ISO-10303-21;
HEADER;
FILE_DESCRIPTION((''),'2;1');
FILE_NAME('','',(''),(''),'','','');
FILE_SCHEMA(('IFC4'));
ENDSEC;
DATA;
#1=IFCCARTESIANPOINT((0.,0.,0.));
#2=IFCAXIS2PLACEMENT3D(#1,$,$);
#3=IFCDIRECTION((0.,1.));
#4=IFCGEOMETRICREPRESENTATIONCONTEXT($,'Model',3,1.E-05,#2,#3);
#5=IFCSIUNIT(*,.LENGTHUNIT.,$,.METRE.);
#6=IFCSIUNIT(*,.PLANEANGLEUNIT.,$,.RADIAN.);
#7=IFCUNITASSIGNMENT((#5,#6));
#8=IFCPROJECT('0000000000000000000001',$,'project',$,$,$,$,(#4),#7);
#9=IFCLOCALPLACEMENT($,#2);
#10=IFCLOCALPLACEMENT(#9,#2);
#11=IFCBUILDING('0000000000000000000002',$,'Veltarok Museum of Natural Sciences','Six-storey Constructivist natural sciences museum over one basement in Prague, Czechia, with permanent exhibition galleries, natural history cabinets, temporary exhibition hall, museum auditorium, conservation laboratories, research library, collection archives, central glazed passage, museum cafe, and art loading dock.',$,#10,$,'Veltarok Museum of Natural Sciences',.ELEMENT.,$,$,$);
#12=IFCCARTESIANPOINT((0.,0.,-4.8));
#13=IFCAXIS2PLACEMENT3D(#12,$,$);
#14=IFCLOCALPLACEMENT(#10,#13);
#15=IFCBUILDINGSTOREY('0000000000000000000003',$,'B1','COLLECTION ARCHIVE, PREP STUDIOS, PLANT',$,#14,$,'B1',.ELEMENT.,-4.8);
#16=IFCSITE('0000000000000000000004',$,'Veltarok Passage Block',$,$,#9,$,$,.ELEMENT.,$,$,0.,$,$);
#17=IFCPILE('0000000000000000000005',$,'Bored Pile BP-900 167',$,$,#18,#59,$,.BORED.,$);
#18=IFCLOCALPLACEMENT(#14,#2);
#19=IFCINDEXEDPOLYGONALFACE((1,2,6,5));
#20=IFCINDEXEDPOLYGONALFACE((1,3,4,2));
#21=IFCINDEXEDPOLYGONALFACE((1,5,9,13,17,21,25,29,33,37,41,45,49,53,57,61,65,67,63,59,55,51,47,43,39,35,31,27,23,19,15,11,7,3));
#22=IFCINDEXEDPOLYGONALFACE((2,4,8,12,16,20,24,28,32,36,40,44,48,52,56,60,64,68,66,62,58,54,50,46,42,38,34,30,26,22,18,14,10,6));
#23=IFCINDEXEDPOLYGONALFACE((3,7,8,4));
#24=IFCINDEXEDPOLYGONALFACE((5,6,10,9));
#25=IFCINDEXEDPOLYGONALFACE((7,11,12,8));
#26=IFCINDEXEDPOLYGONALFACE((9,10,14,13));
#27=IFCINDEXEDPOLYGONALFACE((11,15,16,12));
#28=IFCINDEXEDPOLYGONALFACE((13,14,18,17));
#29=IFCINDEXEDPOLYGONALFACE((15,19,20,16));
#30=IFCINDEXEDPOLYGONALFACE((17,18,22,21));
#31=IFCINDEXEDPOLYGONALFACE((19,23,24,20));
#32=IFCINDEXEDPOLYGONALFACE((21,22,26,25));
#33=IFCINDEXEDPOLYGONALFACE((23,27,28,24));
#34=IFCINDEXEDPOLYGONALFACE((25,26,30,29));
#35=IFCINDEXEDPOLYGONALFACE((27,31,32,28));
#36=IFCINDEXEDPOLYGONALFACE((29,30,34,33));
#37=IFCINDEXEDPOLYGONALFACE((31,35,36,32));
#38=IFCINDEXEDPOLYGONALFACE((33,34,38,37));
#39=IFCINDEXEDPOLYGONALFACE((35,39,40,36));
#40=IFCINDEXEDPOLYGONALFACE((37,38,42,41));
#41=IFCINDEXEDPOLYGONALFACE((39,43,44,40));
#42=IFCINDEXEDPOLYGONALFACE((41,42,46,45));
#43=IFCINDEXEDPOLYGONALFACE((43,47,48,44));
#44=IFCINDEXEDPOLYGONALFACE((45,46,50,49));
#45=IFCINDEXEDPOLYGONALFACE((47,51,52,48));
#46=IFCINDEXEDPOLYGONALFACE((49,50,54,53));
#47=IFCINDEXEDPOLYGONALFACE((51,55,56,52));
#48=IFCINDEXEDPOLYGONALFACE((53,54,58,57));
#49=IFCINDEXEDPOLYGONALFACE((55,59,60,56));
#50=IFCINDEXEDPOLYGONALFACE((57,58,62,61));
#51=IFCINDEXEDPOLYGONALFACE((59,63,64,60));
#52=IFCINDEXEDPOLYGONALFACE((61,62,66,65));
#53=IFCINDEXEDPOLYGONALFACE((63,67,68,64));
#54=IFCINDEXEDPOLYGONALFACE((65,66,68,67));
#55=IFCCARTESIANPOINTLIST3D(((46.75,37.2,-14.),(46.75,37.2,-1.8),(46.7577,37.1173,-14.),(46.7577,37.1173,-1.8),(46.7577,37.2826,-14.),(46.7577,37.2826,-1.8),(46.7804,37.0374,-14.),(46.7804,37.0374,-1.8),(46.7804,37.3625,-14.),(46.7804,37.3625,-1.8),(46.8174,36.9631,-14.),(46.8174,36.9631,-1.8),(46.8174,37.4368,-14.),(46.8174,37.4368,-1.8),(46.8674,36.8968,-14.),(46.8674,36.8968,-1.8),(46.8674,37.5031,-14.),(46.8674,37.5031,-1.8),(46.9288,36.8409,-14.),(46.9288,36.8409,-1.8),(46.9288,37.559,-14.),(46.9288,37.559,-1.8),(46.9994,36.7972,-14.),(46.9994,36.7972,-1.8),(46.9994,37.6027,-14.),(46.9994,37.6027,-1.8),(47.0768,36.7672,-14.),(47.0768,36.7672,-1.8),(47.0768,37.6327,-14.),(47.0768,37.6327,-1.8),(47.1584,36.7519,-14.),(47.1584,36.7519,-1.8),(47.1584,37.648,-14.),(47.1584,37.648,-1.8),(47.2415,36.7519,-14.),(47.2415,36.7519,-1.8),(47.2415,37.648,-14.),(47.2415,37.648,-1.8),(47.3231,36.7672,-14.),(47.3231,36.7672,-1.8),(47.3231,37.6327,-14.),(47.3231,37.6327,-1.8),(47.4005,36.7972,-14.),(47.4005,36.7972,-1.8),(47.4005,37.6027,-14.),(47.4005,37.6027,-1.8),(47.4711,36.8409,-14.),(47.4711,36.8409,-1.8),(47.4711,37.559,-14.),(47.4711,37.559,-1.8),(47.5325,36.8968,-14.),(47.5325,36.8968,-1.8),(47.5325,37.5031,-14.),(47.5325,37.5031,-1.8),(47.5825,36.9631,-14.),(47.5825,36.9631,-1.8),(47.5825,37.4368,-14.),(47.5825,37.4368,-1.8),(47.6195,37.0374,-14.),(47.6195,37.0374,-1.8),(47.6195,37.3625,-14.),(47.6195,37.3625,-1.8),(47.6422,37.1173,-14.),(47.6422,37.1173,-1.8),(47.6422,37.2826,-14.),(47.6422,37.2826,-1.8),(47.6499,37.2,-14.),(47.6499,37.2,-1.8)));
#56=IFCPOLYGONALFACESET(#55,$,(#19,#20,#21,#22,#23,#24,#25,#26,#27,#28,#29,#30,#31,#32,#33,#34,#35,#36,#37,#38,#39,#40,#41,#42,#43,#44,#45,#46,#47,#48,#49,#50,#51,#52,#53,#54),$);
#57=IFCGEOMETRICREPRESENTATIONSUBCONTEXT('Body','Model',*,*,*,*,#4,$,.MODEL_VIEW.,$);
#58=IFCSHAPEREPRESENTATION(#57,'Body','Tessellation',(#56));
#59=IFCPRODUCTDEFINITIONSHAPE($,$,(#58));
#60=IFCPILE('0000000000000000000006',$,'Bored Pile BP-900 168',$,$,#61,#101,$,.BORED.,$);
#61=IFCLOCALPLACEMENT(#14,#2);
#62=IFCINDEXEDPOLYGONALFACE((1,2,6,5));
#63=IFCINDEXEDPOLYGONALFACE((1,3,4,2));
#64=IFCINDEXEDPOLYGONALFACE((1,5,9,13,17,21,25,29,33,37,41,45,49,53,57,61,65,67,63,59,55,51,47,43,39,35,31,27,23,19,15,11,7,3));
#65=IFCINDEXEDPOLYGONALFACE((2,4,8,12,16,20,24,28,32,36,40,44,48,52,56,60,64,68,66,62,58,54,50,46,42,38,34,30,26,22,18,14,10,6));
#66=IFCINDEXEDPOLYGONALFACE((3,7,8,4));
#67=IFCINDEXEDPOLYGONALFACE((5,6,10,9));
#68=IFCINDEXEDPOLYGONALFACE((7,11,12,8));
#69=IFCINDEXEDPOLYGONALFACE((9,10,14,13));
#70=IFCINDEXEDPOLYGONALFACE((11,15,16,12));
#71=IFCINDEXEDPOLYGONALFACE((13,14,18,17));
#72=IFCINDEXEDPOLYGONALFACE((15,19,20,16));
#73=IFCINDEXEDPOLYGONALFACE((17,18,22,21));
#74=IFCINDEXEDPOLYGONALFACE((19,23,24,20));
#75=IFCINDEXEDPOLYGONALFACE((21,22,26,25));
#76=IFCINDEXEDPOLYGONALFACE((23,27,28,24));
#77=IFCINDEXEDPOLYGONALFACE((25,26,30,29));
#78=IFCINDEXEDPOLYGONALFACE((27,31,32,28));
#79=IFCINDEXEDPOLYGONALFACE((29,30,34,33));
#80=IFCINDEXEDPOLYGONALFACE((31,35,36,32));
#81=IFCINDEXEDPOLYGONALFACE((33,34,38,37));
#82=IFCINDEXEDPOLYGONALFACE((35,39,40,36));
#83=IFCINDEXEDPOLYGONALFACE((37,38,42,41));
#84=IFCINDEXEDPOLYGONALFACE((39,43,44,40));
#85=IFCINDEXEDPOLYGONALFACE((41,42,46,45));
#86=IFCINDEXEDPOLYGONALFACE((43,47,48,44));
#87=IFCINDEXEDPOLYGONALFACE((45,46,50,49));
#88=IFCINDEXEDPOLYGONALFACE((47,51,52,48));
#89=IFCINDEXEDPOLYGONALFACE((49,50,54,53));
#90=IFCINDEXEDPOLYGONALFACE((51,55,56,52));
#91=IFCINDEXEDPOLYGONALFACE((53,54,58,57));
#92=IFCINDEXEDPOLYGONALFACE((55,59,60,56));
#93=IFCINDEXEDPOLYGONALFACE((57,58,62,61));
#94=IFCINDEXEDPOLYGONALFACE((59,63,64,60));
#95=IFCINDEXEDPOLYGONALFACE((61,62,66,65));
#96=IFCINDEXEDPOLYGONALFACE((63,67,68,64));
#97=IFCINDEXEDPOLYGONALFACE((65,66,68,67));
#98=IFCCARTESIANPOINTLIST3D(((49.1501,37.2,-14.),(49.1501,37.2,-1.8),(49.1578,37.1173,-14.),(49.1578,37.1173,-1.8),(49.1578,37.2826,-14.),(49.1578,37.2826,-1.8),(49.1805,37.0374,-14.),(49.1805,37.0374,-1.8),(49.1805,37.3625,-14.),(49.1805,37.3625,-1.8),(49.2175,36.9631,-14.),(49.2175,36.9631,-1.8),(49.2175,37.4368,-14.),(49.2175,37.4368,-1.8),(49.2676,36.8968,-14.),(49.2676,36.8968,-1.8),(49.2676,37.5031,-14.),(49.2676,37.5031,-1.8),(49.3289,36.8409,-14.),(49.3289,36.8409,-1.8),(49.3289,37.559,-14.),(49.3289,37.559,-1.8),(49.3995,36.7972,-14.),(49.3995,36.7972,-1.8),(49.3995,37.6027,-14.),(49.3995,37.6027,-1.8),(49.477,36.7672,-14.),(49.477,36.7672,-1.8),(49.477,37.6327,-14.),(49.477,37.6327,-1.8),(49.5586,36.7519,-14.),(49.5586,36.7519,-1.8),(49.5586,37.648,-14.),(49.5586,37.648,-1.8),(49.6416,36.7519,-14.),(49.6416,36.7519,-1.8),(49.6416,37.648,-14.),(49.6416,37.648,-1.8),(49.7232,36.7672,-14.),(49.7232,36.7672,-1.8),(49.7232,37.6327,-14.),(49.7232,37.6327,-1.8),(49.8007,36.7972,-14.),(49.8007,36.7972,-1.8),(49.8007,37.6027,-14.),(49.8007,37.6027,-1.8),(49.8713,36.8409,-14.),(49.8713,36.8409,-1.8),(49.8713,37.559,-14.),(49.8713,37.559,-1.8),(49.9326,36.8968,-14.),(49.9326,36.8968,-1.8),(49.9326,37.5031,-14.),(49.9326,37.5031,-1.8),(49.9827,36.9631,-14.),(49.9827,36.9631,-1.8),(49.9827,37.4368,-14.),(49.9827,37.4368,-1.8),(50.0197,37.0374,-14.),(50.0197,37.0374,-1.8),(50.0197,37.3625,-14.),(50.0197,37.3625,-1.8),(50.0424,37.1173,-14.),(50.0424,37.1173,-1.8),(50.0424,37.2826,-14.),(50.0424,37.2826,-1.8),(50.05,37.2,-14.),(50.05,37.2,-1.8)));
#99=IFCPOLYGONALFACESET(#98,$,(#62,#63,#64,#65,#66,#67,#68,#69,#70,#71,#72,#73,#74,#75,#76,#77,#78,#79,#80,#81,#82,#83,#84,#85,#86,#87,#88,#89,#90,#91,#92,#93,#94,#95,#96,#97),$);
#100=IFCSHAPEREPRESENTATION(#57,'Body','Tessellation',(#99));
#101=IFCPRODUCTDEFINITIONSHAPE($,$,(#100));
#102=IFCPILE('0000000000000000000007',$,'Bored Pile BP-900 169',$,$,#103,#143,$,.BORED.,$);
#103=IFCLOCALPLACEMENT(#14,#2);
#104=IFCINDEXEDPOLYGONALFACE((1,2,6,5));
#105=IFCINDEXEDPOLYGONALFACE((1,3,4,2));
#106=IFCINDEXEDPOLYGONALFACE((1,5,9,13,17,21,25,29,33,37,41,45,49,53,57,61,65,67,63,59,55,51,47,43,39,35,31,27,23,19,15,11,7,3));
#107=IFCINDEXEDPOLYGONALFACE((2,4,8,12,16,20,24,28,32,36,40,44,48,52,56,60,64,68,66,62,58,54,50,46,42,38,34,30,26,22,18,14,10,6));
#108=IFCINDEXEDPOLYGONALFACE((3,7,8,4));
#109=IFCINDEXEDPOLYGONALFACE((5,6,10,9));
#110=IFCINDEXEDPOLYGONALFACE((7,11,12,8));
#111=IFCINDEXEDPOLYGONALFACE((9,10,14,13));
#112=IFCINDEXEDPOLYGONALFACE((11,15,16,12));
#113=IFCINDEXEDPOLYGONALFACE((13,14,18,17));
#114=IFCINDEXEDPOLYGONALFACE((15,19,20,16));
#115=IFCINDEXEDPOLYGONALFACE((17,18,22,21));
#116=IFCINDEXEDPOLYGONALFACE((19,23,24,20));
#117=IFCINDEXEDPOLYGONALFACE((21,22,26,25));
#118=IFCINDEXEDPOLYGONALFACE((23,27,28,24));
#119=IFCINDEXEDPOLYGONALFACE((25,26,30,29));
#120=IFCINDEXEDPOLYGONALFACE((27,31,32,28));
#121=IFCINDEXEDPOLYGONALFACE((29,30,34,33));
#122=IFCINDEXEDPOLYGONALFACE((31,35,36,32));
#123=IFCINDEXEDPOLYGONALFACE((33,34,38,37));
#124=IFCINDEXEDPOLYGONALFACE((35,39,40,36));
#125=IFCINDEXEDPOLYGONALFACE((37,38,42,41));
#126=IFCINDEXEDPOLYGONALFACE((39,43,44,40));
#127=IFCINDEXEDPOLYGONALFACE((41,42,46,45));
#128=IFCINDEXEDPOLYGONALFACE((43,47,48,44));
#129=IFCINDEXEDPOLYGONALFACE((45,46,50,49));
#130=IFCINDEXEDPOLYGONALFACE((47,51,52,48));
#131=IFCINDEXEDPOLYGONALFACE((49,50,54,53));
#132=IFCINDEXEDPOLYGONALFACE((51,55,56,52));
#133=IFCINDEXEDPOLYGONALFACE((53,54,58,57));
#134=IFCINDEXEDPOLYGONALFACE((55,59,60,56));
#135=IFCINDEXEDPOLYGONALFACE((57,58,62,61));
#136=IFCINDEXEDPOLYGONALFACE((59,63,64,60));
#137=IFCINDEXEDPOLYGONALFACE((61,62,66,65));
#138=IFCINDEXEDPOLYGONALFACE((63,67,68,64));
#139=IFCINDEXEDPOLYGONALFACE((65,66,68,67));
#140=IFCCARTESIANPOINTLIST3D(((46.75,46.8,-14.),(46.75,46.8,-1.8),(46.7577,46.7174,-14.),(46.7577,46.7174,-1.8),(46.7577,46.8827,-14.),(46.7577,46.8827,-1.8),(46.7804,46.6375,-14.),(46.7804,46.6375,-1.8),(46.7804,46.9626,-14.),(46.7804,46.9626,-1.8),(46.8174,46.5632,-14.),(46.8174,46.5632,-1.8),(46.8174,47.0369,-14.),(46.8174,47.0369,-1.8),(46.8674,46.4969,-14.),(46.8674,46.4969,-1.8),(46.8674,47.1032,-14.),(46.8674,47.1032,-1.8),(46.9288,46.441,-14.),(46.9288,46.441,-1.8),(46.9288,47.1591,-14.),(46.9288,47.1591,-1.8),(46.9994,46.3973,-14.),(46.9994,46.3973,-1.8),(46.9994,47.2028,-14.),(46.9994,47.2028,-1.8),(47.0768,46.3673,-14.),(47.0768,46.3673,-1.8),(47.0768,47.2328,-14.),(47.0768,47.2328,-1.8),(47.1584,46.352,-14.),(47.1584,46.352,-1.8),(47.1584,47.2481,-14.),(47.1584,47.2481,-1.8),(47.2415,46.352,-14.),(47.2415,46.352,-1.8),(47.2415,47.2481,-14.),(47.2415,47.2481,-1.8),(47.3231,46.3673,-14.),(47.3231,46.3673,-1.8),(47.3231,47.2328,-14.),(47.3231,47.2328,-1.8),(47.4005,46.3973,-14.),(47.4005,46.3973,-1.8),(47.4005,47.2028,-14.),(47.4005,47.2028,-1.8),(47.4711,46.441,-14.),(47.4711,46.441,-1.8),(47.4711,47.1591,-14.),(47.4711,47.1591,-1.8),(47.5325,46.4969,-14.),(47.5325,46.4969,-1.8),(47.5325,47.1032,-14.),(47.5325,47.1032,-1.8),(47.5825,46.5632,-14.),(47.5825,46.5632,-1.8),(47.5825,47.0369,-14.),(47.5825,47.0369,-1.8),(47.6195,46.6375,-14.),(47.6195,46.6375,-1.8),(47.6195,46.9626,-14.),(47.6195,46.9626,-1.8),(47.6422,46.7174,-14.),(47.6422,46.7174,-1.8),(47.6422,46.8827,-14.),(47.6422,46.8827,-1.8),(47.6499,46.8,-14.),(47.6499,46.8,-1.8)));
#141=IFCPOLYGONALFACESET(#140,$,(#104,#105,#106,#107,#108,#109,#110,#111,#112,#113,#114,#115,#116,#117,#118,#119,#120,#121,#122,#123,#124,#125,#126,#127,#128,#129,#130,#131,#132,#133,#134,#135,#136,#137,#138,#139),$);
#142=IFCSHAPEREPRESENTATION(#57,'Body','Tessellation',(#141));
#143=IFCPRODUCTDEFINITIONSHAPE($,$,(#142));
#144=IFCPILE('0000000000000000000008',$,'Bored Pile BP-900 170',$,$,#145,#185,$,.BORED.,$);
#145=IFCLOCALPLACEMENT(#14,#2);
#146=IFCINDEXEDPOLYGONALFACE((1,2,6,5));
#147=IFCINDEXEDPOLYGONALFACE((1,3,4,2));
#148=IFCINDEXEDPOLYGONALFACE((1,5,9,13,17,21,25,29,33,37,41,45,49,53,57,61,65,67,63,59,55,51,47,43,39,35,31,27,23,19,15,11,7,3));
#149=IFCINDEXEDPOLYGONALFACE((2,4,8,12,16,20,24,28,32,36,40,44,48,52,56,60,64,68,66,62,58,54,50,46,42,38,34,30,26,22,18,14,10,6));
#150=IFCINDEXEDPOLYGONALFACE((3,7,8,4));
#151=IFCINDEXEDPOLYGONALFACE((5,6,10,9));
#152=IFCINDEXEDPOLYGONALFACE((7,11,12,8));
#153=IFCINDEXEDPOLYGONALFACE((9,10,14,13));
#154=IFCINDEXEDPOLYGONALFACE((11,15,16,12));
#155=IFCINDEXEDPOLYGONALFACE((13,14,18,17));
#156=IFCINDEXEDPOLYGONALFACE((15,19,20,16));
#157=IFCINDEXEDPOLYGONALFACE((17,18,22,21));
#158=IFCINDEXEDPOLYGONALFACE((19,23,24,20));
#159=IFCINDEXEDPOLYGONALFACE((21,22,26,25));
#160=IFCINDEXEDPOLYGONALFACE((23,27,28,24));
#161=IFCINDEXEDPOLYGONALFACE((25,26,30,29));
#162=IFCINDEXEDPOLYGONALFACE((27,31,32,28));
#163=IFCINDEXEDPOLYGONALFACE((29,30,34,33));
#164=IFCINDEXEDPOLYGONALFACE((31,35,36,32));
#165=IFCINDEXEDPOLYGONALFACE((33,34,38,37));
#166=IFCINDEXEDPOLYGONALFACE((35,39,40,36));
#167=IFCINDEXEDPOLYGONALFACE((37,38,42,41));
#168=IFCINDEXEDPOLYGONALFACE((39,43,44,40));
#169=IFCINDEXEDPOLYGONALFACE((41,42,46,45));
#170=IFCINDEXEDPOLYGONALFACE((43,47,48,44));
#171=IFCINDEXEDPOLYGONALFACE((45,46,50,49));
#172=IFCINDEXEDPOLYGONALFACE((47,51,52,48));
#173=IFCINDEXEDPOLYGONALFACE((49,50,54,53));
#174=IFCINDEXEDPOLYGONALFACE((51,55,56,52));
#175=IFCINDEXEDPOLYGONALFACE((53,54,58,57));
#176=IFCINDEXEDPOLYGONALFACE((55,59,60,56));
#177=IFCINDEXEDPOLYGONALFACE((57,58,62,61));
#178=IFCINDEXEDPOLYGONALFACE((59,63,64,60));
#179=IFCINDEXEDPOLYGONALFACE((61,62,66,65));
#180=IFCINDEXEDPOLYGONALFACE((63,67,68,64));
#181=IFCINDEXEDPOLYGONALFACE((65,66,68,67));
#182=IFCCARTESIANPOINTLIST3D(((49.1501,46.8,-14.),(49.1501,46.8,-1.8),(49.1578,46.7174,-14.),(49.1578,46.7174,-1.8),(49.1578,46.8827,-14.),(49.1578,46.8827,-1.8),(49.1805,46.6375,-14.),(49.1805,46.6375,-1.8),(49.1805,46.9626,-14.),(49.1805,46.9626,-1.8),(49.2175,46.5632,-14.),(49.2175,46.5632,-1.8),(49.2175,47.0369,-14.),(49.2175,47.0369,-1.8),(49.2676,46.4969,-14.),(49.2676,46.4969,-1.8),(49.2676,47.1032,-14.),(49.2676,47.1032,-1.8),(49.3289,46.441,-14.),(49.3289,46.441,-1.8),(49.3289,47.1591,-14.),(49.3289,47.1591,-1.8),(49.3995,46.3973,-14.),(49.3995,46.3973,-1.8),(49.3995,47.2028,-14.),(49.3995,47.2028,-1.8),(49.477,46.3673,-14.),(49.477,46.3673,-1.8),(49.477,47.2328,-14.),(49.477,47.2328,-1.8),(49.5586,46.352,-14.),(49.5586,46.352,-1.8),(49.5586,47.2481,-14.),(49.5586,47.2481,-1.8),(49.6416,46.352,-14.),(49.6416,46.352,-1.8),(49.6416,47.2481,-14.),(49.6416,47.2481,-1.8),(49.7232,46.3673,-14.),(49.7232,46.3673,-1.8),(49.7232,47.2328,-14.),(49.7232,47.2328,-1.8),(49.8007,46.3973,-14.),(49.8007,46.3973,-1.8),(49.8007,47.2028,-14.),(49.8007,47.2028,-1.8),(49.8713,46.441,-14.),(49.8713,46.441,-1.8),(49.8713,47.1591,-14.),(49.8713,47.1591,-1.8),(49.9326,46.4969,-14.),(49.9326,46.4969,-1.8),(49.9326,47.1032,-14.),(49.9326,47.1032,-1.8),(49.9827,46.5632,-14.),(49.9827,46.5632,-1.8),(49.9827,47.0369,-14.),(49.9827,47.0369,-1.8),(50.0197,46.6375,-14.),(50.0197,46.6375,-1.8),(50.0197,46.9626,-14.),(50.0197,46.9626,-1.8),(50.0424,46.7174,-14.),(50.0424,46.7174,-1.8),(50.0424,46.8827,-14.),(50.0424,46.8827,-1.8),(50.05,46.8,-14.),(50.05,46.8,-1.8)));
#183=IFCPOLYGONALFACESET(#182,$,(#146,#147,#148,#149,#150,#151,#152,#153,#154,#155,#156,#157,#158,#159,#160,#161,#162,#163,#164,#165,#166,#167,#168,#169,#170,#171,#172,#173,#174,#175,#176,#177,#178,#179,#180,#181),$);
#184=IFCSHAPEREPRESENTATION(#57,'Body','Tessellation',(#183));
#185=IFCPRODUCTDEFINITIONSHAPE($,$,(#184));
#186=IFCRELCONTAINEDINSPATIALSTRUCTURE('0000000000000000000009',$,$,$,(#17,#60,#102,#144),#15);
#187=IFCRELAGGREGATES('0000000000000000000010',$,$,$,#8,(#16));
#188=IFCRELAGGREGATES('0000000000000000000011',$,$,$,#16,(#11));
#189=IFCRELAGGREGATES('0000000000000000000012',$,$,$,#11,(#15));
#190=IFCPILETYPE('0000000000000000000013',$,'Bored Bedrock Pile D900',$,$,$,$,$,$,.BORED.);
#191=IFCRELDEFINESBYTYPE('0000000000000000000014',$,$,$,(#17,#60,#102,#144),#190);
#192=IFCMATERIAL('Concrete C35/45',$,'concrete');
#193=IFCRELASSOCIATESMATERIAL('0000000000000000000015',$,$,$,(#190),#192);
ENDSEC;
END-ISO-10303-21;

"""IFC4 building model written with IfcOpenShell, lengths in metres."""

from ifc_helpers import new_model, si_unit, direction, frame, origin, origin_2d, place, context, subcontext, project, spatial, circle, extrude, material, material_profile, profile_set, type_object, element, save


model = new_model("IFC4")

# Units and contexts
model_context = context("Model", 3, precision=1e-05, world=origin(), true_north=direction((0.0, 1.0)))
body_context = subcontext(model_context, "Body", "Model", "MODEL_VIEW")
ifc_project = project(units=[si_unit("LENGTHUNIT", "METRE"), si_unit("PLANEANGLEUNIT", "RADIAN")], contexts=[model_context])

# Site, building, storey
site_placement = place(None, origin())
site = spatial("IfcSite", under=ifc_project, at=site_placement, Name="Veltarok Passage Block", CompositionType="ELEMENT", RefElevation=0.0)
building_placement = place(site_placement, origin())
building = spatial("IfcBuilding", under=site, at=building_placement, Name="Veltarok Museum of Natural Sciences", Description="Six-storey Constructivist natural sciences museum over one basement in Prague, Czechia, with permanent exhibition galleries, natural history cabinets, temporary exhibition hall, museum auditorium, conservation laboratories, research library, collection archives, central glazed passage, museum cafe, and art loading dock.", LongName="Veltarok Museum of Natural Sciences", CompositionType="ELEMENT")
storey_placement = place(building_placement, frame((0.0, 0.0, -4.8)))
storey = spatial("IfcBuildingStorey", under=building, at=storey_placement, Name="B1", Description="COLLECTION ARCHIVE, PREP STUDIOS, PLANT", LongName="B1", CompositionType="ELEMENT", Elevation=-4.8)

# Piles
ifc_material_1 = material(Name="Concrete C35/45", Category="concrete")
ifc_material_profile_1 = material_profile(ifc_material_1, circle(Radius=0.45, at=origin_2d()), Name="BP D900")
ifc_profile_set_1 = profile_set([ifc_material_profile_1], Name="Concrete C35/45")
pile_type = type_object("IfcPileType", Name="Bored Bedrock Pile D900", PredefinedType="BORED", material=ifc_profile_set_1)
for number, where, z_axis, x_axis, name in (
    (1, (47.2, 37.2, -1.8), (0.0, 0.0, -1.0), (1.0, 0.0, 0.0), "Bored Pile BP-900 167"),
    (2, (49.6001, 37.2, -1.8), (0.0, 0.0, -1.0), (1.0, 0.0, 0.0), "Bored Pile BP-900 168"),
    (3, (47.2, 46.8, -1.8), (0.0, 0.0, -1.0), (1.0, 0.0, 0.0), "Bored Pile BP-900 169"),
    (4, (49.6001, 46.8, -1.8), (0.0, 0.0, -1.0), (1.0, 0.0, 0.0), "Bored Pile BP-900 170"),
):
    element("IfcPile", number, at=place(storey_placement, frame(where, z_axis=z_axis, x_axis=x_axis)), inside=storey, type_object=pile_type, Name=name, PredefinedType="BORED", context=body_context, shape_type="SweptSolid", body=[
        extrude(circle(Radius=0.45, at=origin_2d()), origin(), (0.0, 0.0, 1.0), 12.2),
    ])

save(model, "model.ifc")
